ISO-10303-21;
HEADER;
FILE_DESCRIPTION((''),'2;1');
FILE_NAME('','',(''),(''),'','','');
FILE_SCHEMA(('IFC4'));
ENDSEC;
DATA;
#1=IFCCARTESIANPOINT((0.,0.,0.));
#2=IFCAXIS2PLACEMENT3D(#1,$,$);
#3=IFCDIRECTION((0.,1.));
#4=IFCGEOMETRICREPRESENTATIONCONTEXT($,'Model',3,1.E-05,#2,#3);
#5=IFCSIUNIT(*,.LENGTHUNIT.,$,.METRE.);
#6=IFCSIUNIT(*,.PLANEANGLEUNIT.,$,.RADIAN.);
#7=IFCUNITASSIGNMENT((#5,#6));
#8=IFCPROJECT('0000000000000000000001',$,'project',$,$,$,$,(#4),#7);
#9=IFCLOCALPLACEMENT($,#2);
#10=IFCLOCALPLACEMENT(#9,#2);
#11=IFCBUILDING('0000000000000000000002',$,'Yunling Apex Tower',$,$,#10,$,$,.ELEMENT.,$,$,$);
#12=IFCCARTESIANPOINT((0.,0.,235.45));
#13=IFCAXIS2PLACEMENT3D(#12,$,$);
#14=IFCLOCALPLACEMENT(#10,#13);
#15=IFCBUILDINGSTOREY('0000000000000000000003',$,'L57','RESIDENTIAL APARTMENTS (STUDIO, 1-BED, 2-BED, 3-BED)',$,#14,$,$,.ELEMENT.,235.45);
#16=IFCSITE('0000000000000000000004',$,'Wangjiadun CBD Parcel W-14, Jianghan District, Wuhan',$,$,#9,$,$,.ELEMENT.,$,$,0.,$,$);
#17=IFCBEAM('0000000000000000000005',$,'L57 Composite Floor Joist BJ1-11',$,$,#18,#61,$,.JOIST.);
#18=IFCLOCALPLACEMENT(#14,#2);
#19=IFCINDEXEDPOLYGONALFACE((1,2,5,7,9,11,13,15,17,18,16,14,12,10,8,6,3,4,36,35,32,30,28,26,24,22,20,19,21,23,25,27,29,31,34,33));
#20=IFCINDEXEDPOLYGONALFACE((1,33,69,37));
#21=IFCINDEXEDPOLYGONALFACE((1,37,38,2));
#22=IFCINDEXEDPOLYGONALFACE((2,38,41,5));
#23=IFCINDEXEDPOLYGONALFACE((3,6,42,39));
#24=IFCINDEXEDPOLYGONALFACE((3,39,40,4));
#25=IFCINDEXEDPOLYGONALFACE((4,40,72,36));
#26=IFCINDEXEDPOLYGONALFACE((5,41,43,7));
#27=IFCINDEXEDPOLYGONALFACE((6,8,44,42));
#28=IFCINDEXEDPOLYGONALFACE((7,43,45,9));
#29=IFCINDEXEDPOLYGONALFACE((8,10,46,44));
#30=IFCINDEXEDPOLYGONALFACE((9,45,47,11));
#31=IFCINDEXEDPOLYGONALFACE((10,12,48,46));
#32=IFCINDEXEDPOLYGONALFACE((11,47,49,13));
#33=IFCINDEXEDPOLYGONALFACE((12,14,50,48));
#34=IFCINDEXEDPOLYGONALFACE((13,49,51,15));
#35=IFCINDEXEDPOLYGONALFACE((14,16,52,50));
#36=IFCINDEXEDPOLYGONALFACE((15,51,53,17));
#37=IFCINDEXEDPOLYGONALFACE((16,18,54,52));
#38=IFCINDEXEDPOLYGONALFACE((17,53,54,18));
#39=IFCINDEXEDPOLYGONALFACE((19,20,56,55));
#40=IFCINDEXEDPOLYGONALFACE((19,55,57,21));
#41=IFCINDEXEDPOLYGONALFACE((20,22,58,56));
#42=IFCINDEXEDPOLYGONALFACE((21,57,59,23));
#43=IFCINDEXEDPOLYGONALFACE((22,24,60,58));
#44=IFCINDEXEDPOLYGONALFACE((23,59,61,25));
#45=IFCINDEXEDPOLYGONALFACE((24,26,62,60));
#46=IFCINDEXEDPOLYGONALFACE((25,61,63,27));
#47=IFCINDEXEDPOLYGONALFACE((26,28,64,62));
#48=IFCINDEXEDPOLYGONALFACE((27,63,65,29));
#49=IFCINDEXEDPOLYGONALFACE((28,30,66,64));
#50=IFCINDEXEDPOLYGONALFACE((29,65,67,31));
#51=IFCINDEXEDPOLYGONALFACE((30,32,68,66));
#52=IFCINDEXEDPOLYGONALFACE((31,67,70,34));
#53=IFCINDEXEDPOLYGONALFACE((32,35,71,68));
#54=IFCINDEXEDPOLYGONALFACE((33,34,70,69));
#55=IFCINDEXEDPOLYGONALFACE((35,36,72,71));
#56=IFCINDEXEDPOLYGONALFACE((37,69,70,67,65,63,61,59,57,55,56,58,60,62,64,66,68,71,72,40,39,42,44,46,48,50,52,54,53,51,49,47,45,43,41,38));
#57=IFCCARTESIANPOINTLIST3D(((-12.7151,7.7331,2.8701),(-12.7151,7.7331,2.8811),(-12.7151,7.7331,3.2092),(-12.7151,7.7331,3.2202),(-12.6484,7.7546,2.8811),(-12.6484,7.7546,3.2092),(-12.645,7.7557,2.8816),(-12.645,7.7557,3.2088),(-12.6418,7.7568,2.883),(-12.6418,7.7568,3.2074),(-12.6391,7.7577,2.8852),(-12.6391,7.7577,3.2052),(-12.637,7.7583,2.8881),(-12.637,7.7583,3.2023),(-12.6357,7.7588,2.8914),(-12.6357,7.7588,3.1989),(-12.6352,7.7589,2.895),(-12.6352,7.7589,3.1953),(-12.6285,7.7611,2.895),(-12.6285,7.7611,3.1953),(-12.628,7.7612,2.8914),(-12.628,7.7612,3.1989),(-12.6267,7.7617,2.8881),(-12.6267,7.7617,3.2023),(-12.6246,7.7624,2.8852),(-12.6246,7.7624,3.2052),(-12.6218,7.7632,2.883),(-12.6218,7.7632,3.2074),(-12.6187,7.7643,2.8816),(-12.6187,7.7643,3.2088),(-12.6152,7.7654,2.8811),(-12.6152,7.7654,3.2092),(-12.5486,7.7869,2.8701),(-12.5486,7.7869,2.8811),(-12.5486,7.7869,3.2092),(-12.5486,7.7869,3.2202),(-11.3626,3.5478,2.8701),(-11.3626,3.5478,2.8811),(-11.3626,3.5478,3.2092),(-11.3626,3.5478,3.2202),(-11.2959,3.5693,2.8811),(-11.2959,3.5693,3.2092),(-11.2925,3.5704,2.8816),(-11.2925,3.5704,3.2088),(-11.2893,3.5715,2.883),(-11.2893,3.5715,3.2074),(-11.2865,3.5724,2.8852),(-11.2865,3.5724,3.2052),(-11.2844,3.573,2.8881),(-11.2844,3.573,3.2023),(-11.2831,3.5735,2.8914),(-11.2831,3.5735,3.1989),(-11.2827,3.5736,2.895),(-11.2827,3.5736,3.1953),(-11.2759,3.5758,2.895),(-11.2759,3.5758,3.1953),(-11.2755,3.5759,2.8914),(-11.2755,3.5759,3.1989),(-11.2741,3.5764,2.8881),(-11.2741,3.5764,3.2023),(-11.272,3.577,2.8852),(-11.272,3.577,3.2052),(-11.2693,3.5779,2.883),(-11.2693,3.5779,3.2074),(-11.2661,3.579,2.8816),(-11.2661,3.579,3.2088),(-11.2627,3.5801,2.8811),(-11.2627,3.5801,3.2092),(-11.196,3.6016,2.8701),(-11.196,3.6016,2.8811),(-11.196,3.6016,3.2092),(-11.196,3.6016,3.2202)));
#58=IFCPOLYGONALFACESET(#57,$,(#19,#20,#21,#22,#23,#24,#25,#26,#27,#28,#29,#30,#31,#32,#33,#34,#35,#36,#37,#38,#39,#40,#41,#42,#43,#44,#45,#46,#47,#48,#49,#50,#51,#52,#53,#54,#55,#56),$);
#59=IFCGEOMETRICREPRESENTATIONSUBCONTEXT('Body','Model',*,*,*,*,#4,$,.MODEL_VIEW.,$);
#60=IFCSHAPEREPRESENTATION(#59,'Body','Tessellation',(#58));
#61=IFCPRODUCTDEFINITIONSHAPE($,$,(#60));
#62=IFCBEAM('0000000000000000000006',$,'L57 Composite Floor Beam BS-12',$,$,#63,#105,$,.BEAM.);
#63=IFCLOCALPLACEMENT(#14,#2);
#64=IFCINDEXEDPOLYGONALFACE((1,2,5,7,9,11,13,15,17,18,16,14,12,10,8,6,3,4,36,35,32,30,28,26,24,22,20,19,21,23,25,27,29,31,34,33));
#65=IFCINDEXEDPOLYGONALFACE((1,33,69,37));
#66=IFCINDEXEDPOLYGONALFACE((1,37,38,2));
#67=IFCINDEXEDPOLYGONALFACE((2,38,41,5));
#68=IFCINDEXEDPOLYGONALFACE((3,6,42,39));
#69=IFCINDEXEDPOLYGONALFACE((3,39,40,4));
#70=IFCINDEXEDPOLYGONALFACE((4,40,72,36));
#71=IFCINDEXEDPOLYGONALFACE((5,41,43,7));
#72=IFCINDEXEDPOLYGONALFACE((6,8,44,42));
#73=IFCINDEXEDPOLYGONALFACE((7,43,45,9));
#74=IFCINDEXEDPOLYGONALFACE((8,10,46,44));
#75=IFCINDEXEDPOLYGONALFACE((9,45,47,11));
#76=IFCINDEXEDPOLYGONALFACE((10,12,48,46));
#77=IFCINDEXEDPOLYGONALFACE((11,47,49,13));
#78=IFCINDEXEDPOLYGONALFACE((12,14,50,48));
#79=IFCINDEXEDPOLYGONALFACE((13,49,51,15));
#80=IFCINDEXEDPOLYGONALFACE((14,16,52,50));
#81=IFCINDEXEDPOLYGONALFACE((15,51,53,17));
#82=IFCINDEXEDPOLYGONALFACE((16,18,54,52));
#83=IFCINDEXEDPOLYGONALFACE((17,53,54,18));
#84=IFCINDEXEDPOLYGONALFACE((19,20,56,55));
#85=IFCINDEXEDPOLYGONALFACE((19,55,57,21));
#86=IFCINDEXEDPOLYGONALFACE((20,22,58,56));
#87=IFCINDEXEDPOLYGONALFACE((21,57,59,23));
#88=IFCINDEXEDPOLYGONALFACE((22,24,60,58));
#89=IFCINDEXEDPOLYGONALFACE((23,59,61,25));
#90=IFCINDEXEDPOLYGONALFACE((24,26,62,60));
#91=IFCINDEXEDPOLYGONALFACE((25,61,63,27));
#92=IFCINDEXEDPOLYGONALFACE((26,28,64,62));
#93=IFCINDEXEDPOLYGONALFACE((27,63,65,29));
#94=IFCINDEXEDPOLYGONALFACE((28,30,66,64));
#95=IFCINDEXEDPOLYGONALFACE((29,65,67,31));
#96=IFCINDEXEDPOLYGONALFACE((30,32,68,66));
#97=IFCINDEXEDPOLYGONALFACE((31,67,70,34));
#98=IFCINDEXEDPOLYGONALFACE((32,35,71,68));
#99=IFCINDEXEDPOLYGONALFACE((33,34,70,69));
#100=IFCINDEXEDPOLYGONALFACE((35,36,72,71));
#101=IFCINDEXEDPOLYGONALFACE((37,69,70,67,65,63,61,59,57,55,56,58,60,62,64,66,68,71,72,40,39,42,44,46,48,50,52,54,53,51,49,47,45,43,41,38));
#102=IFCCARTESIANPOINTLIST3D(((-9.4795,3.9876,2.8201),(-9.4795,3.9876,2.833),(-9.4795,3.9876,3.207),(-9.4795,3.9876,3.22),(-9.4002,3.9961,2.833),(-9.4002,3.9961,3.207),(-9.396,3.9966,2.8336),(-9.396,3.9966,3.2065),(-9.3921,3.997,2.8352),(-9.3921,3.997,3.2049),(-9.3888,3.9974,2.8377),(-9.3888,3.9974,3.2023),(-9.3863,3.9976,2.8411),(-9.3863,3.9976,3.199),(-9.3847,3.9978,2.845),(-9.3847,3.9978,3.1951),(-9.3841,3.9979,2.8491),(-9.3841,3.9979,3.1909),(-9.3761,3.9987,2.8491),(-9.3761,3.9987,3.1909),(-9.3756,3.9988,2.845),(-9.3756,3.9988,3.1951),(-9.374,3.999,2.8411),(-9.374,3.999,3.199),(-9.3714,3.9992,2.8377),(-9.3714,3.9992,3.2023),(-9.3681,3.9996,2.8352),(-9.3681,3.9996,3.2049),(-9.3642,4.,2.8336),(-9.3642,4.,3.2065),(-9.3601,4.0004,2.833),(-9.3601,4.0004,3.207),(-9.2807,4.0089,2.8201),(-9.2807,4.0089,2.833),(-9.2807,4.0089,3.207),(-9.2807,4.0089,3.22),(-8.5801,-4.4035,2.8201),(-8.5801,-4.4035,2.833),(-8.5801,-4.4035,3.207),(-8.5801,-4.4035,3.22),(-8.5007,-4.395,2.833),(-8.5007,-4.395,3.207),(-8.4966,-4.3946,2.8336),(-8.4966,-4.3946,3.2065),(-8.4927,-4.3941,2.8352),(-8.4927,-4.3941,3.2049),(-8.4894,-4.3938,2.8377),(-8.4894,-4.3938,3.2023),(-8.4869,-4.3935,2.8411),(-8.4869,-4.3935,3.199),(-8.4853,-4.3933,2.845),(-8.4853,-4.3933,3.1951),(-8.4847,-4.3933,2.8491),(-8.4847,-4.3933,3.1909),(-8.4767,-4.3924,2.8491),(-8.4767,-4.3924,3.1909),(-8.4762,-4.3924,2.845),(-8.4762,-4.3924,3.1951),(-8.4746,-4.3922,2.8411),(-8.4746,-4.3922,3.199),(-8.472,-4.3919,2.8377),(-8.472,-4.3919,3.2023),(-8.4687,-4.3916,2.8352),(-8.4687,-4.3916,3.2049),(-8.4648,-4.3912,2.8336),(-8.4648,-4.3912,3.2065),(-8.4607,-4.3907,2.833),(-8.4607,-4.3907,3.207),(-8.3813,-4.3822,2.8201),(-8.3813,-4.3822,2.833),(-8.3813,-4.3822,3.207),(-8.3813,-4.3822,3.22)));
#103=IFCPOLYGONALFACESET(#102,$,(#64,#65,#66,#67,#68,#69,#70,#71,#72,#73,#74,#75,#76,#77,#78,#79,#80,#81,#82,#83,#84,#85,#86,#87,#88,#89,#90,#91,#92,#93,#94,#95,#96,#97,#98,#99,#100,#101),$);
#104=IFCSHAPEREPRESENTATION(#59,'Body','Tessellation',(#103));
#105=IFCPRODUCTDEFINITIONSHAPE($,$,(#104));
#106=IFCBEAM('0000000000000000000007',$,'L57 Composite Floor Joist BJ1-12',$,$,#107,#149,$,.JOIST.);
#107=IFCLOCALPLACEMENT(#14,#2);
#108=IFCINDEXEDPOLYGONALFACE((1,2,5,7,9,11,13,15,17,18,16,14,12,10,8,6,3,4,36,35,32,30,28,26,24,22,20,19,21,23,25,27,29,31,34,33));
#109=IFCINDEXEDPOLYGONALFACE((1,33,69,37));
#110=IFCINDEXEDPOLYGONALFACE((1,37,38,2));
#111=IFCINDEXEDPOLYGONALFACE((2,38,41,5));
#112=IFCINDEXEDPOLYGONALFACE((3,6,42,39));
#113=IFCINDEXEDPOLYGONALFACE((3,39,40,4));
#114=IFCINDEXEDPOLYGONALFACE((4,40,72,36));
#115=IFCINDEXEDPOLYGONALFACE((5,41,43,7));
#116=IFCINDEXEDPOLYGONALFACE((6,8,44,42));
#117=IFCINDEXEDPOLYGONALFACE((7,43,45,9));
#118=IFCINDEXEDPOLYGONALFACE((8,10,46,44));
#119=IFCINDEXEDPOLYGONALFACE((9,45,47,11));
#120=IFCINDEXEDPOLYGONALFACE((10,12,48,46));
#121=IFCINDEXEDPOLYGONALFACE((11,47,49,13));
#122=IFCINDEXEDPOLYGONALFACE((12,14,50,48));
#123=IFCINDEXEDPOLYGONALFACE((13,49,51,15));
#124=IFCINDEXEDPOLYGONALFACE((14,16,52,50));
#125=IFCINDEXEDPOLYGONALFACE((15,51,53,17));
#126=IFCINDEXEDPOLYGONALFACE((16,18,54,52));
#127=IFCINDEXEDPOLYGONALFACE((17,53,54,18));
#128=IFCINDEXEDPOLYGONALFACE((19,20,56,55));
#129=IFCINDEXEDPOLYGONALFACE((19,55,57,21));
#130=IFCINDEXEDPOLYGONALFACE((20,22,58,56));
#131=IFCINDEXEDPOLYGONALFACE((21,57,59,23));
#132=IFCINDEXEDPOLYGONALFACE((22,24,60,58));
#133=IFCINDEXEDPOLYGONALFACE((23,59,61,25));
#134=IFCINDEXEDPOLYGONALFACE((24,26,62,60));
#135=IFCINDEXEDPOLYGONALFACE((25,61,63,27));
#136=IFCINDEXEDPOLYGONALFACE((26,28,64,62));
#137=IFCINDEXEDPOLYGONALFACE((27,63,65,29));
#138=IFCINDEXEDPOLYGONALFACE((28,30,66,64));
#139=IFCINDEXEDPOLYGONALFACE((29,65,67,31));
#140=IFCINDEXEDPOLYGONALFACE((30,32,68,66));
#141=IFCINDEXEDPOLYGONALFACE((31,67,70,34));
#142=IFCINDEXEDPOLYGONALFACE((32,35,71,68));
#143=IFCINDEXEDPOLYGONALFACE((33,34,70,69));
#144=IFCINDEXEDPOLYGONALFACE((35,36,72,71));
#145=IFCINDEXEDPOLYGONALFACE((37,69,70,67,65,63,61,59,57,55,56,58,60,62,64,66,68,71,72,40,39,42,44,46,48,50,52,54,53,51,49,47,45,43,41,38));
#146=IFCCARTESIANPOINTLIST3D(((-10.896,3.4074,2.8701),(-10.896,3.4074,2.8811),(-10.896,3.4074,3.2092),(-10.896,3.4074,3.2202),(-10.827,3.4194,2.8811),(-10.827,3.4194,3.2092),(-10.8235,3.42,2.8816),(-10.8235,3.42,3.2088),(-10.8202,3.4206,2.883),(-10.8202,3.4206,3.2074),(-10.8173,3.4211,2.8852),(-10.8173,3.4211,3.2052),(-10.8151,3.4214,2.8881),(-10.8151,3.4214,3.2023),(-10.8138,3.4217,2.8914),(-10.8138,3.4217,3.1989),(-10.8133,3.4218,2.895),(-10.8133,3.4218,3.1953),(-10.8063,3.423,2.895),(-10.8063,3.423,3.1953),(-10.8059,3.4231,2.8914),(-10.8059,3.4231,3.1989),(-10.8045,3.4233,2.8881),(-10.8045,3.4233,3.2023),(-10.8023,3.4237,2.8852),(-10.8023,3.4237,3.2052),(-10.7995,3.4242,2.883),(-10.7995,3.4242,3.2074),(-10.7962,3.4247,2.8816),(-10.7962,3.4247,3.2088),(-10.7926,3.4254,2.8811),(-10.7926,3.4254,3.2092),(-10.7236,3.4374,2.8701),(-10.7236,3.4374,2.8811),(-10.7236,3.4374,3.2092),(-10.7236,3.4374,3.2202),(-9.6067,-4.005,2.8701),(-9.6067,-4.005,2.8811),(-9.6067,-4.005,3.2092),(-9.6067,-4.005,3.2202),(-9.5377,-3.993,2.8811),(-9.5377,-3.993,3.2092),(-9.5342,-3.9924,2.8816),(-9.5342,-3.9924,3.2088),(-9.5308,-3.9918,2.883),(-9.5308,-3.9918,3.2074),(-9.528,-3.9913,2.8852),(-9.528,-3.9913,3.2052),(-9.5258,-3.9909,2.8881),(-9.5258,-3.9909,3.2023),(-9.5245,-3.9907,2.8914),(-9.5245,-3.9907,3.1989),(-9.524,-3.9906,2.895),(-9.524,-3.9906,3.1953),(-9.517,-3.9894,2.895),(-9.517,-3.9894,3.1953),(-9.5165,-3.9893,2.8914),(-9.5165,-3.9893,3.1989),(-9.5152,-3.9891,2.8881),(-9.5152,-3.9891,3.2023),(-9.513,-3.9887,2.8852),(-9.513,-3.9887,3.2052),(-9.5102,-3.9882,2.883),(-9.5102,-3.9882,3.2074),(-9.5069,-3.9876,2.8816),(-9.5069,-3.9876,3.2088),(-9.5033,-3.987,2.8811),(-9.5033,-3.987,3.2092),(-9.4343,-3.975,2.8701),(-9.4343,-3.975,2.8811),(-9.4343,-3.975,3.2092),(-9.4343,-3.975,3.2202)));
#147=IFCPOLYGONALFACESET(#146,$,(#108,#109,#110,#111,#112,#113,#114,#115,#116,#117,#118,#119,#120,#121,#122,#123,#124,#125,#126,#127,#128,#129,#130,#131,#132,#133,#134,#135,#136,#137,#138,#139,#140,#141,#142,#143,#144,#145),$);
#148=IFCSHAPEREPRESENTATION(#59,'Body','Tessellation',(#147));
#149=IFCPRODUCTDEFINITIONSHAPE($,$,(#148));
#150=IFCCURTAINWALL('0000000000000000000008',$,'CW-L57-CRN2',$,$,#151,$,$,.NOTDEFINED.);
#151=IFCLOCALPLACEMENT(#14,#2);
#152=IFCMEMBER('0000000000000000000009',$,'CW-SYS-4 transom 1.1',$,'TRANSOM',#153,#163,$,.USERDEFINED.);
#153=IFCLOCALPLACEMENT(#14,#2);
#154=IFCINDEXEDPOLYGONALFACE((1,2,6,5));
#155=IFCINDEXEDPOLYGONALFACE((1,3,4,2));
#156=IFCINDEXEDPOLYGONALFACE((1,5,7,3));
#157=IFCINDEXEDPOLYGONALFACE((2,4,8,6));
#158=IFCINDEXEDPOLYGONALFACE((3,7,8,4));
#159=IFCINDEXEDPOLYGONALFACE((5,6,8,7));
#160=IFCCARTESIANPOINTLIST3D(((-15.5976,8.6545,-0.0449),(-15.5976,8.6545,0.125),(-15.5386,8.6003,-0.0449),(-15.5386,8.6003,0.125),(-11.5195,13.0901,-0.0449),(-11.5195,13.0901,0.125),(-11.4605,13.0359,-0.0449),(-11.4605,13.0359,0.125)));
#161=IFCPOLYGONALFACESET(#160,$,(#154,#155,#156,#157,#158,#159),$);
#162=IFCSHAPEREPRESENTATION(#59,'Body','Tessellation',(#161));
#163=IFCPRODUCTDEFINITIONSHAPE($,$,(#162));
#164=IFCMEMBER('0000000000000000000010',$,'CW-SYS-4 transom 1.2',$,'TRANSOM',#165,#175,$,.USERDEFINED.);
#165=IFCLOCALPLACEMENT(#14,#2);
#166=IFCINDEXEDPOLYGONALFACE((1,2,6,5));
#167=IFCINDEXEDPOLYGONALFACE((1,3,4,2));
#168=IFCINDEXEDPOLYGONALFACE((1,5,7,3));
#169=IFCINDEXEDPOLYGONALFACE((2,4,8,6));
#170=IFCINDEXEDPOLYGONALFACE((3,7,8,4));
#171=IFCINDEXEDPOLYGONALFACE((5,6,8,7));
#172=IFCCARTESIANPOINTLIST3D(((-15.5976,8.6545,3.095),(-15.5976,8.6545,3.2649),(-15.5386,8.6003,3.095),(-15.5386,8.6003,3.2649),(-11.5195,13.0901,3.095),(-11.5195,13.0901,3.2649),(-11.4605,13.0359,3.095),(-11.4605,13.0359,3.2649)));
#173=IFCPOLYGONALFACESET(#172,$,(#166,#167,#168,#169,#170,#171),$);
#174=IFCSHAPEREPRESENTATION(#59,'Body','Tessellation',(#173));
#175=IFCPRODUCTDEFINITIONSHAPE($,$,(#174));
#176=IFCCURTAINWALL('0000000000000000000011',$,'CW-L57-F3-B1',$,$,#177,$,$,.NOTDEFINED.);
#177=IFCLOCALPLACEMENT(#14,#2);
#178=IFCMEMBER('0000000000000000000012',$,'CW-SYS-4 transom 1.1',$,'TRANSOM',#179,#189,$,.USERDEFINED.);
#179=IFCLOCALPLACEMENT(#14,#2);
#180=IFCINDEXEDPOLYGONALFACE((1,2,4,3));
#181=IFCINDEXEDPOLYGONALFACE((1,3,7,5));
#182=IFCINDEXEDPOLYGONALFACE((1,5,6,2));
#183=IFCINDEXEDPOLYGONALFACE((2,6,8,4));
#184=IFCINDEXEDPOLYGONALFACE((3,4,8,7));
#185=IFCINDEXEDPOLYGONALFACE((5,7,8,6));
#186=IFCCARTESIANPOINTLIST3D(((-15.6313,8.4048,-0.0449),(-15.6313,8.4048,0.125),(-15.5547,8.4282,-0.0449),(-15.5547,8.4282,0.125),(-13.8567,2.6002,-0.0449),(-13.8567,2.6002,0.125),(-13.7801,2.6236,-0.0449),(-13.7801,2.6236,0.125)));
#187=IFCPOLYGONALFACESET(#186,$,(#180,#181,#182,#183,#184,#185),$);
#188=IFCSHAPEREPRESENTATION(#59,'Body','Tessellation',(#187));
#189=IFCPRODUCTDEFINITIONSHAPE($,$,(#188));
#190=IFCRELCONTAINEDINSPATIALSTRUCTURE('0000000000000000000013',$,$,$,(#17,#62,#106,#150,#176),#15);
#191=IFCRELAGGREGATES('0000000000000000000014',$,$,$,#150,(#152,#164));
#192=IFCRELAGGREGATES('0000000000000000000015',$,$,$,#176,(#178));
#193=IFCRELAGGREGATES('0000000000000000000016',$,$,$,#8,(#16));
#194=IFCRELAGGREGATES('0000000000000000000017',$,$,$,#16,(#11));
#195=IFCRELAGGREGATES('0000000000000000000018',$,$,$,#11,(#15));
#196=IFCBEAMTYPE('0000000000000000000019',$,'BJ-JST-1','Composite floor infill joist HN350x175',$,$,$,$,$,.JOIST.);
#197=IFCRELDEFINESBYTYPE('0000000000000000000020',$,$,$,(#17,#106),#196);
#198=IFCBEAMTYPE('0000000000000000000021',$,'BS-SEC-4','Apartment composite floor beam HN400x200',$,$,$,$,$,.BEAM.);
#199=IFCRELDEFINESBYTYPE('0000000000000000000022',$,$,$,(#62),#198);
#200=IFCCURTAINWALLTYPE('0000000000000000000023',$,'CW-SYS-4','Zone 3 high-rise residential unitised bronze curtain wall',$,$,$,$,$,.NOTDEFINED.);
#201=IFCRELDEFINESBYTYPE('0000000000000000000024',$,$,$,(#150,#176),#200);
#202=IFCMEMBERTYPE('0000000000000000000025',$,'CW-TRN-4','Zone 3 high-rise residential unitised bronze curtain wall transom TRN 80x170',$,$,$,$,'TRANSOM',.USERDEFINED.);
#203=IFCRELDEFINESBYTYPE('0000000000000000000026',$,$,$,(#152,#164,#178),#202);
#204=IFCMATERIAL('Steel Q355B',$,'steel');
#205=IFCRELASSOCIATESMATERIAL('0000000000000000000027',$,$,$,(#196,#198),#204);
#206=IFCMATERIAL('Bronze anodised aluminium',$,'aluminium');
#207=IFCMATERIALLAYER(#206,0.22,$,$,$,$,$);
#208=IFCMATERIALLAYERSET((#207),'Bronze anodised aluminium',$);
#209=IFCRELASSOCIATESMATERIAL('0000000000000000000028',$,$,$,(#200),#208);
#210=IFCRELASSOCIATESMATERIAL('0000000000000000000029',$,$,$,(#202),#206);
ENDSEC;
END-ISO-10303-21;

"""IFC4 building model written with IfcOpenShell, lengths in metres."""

from ifc_helpers import new_model, si_unit, direction, frame, origin, origin_2d, place, context, subcontext, project, spatial, rectangle, i_section, extrude, source, transform, mapped, material, layer, layer_set, material_profile, profile_set, type_object, element, aggregate, save


model = new_model("IFC4")

# Units and contexts
model_context = context("Model", 3, precision=1e-05, world=origin(), true_north=direction((0.0, 1.0)))
body_context = subcontext(model_context, "Body", "Model", "MODEL_VIEW")
ifc_project = project(units=[si_unit("LENGTHUNIT", "METRE"), si_unit("PLANEANGLEUNIT", "RADIAN")], contexts=[model_context])

# Site, building, storey
site_placement = place(None, origin())
site = spatial("IfcSite", under=ifc_project, at=site_placement, Name="Wangjiadun CBD Parcel W-14, Jianghan District, Wuhan", CompositionType="ELEMENT", RefElevation=0.0)
building_placement = place(site_placement, origin())
building = spatial("IfcBuilding", under=site, at=building_placement, Name="Yunling Apex Tower", CompositionType="ELEMENT")
storey_placement = place(building_placement, frame((0.0, 0.0, 235.45)))
storey = spatial("IfcBuildingStorey", under=building, at=storey_placement, Name="L57", Description="RESIDENTIAL APARTMENTS (STUDIO, 1-BED, 2-BED, 3-BED)", CompositionType="ELEMENT", Elevation=235.45)

# Beams
ifc_material_1 = material(Name="Steel Q355B", Category="steel")
ifc_material_profile_1 = material_profile(ifc_material_1, i_section(OverallWidth=0.175, OverallDepth=0.3501, WebThickness=0.0071, FlangeThickness=0.011, FilletRadius=0.0139, at=origin_2d()))
ifc_profile_set_1 = profile_set([ifc_material_profile_1], Name="Steel Q355B")
beam_type_1 = type_object("IfcBeamType", Name="BJ-JST-1", Description="Composite floor infill joist HN350x175", PredefinedType="JOIST", material=ifc_profile_set_1)
ifc_material_profile_2 = material_profile(ifc_material_1, i_section(OverallWidth=0.2, OverallDepth=0.3999, WebThickness=0.0081, FlangeThickness=0.0129, FilletRadius=0.0161, at=origin_2d()))
ifc_profile_set_2 = profile_set([ifc_material_profile_2], Name="Steel Q355B")
beam_type_2 = type_object("IfcBeamType", Name="BS-SEC-4", Description="Apartment composite floor beam HN400x200", PredefinedType="BEAM", material=ifc_profile_set_2)
shared_shape_1 = source(origin(), body_context, "Body", "SweptSolid", [
    extrude(i_section(OverallWidth=0.175, OverallDepth=0.3501, WebThickness=0.0071, FlangeThickness=0.011, FilletRadius=0.0139, at=origin_2d()), origin(), (0.0, 0.0, 1.0), 4.3984),
])
beam_1_placement = place(storey_placement, frame((-12.6318, 7.76, 3.0452), z_axis=(0.307505, -0.951546, 0.0), x_axis=(0.951546, 0.307505, 0.0)))
element("IfcBeam", 1, at=beam_1_placement, inside=storey, type_object=beam_type_1, Name="L57 Composite Floor Joist BJ1-11", PredefinedType="JOIST", context=body_context, shape_type="MappedRepresentation", body=[
    mapped(shared_shape_1, transform((0.0, 0.0, 0.0), scale=1.0)),
])
shared_shape_2 = source(origin(), body_context, "Body", "SweptSolid", [
    extrude(i_section(OverallWidth=0.2, OverallDepth=0.3999, WebThickness=0.0081, FlangeThickness=0.0129, FilletRadius=0.0161, at=origin_2d()), origin(), (0.0, 0.0, 1.0), 8.4392),
])
beam_2_placement = place(storey_placement, frame((-9.3801, 3.9983, 3.02), z_axis=(0.106576, -0.994305, 0.0), x_axis=(0.994305, 0.106576, 0.0)))
element("IfcBeam", 2, at=beam_2_placement, inside=storey, type_object=beam_type_2, Name="L57 Composite Floor Beam BS-12", PredefinedType="BEAM", context=body_context, shape_type="MappedRepresentation", body=[
    mapped(shared_shape_2, transform((0.0, 0.0, 0.0), scale=1.0)),
])
shared_shape_3 = source(origin(), body_context, "Body", "SweptSolid", [
    extrude(i_section(OverallWidth=0.175, OverallDepth=0.3501, WebThickness=0.0071, FlangeThickness=0.011, FilletRadius=0.0139, at=origin_2d()), origin(), (0.0, 0.0, 1.0), 7.5237),
])
beam_3_placement = place(storey_placement, frame((-10.8098, 3.4224, 3.0452), z_axis=(0.171367, -0.985207, 0.0), x_axis=(0.985207, 0.171367, 0.0)))
element("IfcBeam", 3, at=beam_3_placement, inside=storey, type_object=beam_type_1, Name="L57 Composite Floor Joist BJ1-12", PredefinedType="JOIST", context=body_context, shape_type="MappedRepresentation", body=[
    mapped(shared_shape_3, transform((0.0, 0.0, 0.0), scale=1.0)),
])

# Curtain walls, members
ifc_material_2 = material(Name="Bronze anodised aluminium", Category="aluminium")
ifc_layer_1 = layer(ifc_material_2, 0.22)
ifc_layer_set_1 = layer_set([ifc_layer_1], Name="Bronze anodised aluminium")
curtain_wall_type = type_object("IfcCurtainWallType", Name="CW-SYS-4", Description="Zone 3 high-rise residential unitised bronze curtain wall", PredefinedType="NOTDEFINED", material=ifc_layer_set_1)
curtain_wall_1_placement = place(storey_placement, origin())
curtain_wall_1 = element("IfcCurtainWall", 4, at=curtain_wall_1_placement, inside=storey, type_object=curtain_wall_type, Name="CW-L57-CRN2", PredefinedType="NOTDEFINED")
ifc_material_profile_3 = material_profile(ifc_material_2, rectangle(XDim=0.0801, YDim=0.1699, at=origin_2d()))
ifc_profile_set_3 = profile_set([ifc_material_profile_3], Name="Bronze anodised aluminium")
member_type_1 = type_object("IfcMemberType", Name="CW-TRN-4", Description="Zone 3 high-rise residential unitised bronze curtain wall transom TRN 80x170", ElementType="TRANSOM", PredefinedType="USERDEFINED", material=ifc_profile_set_3)
shared_shape_4 = source(origin(), body_context, "Body", "SweptSolid", [
    extrude(rectangle(XDim=0.0801, YDim=0.1699, at=origin_2d()), origin(), (0.0, 0.0, 1.0), 6.0254),
])
member_1_placement = place(storey_placement, frame((-11.49, 13.063, 0.04), z_axis=(-0.676825, -0.736144, 0.0), x_axis=(0.736144, -0.676825, 0.0)))
member_1 = element("IfcMember", 5, at=member_1_placement, type_object=member_type_1, Name="CW-SYS-4 transom 1.1", ObjectType="TRANSOM", PredefinedType="USERDEFINED", context=body_context, shape_type="MappedRepresentation", body=[
    mapped(shared_shape_4, transform((0.0, 0.0, 0.0), scale=1.0)),
])
member_2_placement = place(storey_placement, frame((-11.49, 13.063, 3.1799), z_axis=(-0.676825, -0.736144, 0.0), x_axis=(0.736144, -0.676825, 0.0)))
member_2 = element("IfcMember", 6, at=member_2_placement, type_object=member_type_1, Name="CW-SYS-4 transom 1.2", ObjectType="TRANSOM", PredefinedType="USERDEFINED", context=body_context, shape_type="MappedRepresentation", body=[
    mapped(shared_shape_4, transform((0.0, 0.0, 0.0), scale=1.0)),
])
curtain_wall_2_placement = place(storey_placement, origin())
curtain_wall_2 = element("IfcCurtainWall", 7, at=curtain_wall_2_placement, inside=storey, type_object=curtain_wall_type, Name="CW-L57-F3-B1", PredefinedType="NOTDEFINED")
shared_shape_5 = source(origin(), body_context, "Body", "SweptSolid", [
    extrude(rectangle(XDim=0.0801, YDim=0.1699, at=origin_2d()), origin(), (0.0, 0.0, 1.0), 6.0698),
])
member_3_placement = place(storey_placement, frame((-15.593, 8.4165, 0.04), z_axis=(0.29237, -0.956305, 0.0), x_axis=(0.956305, 0.29237, 0.0)))
member_3 = element("IfcMember", 8, at=member_3_placement, type_object=member_type_1, Name="CW-SYS-4 transom 1.1", ObjectType="TRANSOM", PredefinedType="USERDEFINED", context=body_context, shape_type="MappedRepresentation", body=[
    mapped(shared_shape_5, transform((0.0, 0.0, 0.0), scale=1.0)),
])

aggregate(curtain_wall_1, [member_1, member_2])
aggregate(curtain_wall_2, [member_3])

save(model, "model.ifc")
